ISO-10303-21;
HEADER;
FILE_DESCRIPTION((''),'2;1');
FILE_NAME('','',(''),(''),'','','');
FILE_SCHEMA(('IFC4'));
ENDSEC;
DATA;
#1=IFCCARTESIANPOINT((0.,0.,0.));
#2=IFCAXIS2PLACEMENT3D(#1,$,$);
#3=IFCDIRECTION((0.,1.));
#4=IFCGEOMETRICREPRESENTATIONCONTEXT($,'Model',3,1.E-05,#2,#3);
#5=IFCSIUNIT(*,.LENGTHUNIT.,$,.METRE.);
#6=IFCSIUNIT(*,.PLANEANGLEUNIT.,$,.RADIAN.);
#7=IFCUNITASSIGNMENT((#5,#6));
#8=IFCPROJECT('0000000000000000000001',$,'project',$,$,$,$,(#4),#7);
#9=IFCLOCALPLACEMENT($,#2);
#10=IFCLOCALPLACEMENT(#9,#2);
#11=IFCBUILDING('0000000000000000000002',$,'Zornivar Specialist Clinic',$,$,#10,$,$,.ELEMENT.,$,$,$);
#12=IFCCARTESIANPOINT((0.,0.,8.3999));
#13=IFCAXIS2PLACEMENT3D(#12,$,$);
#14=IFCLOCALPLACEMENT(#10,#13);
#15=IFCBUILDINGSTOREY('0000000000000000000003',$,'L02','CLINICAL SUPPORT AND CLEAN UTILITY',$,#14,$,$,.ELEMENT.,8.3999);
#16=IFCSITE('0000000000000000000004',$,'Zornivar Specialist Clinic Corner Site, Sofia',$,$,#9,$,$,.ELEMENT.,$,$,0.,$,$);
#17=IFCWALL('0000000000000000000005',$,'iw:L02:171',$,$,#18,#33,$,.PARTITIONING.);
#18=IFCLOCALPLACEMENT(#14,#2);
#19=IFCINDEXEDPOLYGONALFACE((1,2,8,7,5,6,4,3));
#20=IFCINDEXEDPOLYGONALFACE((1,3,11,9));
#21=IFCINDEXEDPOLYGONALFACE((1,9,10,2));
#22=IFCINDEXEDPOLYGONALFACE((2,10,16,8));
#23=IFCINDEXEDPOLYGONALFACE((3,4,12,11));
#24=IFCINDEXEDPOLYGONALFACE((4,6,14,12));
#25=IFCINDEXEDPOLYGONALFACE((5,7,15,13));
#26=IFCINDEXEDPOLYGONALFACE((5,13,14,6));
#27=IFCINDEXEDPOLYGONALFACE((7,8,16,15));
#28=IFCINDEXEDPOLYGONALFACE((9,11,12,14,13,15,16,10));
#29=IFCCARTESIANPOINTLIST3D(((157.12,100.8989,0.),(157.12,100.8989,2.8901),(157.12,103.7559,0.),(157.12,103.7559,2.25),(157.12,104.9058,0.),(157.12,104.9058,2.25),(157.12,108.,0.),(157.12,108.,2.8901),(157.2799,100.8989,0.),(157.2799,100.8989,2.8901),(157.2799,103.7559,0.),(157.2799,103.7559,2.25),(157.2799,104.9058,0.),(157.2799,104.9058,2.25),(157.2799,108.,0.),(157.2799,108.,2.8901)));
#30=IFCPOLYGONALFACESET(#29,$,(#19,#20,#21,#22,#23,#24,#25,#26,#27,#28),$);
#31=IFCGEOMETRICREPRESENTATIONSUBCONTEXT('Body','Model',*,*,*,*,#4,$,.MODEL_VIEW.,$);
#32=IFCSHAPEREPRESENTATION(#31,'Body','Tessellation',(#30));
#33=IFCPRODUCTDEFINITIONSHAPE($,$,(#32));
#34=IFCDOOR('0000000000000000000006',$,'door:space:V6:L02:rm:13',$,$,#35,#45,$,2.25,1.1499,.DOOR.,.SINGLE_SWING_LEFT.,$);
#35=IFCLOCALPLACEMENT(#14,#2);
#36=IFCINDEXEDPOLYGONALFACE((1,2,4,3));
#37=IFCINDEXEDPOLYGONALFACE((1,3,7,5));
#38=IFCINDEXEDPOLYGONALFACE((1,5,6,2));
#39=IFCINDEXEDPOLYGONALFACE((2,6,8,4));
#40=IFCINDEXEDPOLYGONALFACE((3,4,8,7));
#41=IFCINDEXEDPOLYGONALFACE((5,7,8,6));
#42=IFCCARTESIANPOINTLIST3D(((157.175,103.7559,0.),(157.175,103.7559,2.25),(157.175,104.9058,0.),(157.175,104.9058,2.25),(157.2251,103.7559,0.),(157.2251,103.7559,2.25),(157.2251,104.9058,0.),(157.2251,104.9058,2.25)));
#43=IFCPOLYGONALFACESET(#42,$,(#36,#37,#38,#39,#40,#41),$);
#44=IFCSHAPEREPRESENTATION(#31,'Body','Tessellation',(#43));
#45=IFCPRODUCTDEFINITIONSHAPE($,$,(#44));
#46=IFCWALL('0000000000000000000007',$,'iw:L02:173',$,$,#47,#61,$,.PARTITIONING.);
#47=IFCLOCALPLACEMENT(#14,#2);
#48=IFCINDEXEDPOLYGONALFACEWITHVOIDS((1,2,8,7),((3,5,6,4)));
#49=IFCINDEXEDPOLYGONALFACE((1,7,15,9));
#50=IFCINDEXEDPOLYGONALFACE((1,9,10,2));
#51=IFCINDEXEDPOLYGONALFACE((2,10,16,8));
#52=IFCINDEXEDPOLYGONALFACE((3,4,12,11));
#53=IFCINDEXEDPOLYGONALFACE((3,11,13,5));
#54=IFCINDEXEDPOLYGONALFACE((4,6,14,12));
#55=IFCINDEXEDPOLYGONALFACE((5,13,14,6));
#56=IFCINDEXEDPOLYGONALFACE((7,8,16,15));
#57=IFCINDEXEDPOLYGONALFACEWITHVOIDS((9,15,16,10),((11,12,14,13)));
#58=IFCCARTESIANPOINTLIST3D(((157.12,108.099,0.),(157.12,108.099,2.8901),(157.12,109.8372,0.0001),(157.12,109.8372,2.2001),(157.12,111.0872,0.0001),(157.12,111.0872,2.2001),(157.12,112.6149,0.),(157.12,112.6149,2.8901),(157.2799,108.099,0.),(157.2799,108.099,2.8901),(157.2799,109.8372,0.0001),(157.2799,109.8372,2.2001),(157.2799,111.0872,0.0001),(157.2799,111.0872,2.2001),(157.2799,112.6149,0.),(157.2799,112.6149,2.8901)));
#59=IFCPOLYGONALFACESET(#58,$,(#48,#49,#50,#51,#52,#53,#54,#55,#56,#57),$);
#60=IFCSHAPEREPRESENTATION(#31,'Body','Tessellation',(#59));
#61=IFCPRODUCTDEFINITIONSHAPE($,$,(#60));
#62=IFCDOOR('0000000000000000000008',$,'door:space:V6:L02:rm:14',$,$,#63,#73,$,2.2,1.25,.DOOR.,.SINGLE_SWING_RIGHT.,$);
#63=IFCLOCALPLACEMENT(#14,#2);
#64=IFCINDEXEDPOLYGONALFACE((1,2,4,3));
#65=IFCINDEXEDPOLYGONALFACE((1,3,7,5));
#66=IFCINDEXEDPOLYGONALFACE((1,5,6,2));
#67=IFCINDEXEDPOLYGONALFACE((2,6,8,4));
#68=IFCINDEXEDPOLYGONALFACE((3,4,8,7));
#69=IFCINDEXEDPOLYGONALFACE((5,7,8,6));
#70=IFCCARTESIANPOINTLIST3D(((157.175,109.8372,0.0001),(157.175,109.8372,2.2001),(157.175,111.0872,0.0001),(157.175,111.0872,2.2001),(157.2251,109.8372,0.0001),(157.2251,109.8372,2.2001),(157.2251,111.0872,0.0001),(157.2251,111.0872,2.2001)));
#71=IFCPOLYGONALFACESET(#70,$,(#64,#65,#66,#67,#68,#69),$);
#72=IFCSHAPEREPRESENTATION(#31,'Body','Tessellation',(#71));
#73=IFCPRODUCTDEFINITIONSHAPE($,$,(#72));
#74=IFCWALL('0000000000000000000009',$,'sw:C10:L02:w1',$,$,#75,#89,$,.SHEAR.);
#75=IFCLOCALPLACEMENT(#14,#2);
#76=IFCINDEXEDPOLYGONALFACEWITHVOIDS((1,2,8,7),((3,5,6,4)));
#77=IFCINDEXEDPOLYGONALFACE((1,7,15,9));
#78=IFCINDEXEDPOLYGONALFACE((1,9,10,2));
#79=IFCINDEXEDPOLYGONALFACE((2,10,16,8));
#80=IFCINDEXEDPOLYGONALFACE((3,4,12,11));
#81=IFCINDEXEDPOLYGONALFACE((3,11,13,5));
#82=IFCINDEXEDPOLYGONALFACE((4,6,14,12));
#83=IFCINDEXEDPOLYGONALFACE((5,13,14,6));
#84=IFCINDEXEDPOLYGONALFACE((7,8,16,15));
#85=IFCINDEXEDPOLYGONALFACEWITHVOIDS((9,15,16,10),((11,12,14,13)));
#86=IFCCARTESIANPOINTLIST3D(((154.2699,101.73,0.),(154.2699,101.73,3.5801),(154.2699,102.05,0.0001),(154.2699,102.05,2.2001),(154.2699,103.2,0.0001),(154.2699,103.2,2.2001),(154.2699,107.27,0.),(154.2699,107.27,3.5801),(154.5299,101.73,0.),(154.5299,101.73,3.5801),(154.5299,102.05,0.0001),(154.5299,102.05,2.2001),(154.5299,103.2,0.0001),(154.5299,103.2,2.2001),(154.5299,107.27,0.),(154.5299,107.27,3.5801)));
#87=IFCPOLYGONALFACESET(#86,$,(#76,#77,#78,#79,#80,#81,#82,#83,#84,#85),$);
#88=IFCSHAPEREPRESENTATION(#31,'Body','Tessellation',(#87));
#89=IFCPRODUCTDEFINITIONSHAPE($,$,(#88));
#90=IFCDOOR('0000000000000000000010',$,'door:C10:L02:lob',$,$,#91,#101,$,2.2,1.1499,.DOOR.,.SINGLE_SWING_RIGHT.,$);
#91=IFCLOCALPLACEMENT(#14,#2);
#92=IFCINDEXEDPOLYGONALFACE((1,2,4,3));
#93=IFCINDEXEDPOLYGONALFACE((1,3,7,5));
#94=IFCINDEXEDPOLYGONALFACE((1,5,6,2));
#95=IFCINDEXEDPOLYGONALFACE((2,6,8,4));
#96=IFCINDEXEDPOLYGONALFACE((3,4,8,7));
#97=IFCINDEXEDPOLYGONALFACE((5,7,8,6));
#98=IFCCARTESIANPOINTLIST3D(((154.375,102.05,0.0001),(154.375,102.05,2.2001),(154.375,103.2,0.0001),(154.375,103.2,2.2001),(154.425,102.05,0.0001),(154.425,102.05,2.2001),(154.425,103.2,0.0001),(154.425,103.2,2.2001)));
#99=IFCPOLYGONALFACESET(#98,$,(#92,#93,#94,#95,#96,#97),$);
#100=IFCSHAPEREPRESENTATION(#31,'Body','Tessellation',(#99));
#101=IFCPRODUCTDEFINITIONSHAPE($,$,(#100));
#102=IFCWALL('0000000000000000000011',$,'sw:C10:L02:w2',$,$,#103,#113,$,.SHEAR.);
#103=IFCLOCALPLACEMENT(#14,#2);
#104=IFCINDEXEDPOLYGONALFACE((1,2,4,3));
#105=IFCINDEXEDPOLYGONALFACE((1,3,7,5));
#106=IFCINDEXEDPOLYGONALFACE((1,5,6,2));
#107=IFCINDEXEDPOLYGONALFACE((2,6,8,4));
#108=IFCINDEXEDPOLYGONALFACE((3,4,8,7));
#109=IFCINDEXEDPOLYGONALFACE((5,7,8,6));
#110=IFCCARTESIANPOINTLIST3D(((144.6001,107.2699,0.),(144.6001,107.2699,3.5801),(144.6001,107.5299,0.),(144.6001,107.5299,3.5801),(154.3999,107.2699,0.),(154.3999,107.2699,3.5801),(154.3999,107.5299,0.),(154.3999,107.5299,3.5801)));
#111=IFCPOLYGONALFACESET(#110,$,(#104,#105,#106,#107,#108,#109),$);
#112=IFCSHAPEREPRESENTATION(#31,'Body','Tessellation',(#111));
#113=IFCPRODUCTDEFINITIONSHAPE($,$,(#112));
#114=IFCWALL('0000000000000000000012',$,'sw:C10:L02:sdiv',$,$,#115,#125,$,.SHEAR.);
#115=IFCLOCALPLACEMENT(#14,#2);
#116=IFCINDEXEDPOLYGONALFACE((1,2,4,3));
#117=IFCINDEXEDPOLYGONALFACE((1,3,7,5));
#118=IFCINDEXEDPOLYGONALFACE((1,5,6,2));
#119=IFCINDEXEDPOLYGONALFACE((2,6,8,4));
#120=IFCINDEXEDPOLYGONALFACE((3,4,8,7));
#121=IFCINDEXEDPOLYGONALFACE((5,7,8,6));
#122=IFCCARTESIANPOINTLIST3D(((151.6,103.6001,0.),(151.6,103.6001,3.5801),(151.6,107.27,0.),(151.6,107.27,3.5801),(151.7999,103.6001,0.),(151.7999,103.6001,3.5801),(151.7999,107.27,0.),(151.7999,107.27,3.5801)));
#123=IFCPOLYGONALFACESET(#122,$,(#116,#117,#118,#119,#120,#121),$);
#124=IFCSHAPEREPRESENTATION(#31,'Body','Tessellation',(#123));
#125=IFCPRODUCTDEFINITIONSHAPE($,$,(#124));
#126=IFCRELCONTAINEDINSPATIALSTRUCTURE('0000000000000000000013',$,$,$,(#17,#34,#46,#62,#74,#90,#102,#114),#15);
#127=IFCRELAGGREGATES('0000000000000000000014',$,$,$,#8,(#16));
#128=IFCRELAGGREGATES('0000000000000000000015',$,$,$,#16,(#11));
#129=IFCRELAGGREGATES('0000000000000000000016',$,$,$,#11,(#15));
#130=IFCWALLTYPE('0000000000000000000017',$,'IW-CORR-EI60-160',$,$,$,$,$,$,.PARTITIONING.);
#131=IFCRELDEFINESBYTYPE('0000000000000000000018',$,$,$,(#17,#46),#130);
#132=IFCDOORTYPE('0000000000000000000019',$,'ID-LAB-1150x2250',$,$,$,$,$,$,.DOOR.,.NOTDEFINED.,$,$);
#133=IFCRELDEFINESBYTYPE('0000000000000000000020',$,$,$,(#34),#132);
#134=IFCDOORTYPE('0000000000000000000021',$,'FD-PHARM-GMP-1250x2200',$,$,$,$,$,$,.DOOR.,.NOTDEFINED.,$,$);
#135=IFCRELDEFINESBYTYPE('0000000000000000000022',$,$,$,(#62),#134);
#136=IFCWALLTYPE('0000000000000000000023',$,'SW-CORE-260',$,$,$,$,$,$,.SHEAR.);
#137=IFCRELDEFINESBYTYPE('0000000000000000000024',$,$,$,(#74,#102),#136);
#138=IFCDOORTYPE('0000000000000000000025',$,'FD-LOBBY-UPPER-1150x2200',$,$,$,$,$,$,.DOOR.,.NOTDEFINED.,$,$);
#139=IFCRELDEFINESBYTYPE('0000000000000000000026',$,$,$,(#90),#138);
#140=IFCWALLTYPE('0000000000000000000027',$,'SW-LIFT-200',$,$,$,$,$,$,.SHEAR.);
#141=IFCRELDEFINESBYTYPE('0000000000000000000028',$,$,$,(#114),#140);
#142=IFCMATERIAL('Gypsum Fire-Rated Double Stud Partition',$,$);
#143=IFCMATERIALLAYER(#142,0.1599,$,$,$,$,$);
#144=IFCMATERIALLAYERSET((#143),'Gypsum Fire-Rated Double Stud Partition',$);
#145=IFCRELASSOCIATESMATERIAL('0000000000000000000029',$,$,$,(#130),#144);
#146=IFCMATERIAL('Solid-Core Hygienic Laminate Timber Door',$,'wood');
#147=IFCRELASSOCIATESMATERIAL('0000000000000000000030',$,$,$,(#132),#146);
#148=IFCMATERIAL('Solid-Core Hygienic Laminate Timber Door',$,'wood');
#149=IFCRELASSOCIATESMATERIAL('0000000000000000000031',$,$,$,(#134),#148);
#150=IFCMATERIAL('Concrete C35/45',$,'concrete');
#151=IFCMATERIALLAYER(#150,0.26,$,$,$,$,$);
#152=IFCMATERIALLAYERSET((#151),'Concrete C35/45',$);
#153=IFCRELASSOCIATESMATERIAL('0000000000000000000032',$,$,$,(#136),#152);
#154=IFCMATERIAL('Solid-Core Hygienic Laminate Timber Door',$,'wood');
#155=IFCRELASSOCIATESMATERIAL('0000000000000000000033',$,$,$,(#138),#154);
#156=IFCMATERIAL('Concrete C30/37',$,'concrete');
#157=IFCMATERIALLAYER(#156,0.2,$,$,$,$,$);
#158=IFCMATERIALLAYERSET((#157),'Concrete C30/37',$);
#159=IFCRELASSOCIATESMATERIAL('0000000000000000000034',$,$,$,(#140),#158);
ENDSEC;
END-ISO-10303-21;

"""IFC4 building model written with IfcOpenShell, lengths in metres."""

from ifc_helpers import new_model, si_unit, direction, frame, frame_2d, origin, place, context, subcontext, project, spatial, rectangle, extrude, material, layer, layer_set, type_object, element, fill, save


model = new_model("IFC4")

# Units and contexts
model_context = context("Model", 3, precision=1e-05, world=origin(), true_north=direction((0.0, 1.0)))
body_context = subcontext(model_context, "Body", "Model", "MODEL_VIEW")
ifc_project = project(units=[si_unit("LENGTHUNIT", "METRE"), si_unit("PLANEANGLEUNIT", "RADIAN")], contexts=[model_context])

# Site, building, storey
site_placement = place(None, origin())
site = spatial("IfcSite", under=ifc_project, at=site_placement, Name="Zornivar Specialist Clinic Corner Site, Sofia", CompositionType="ELEMENT", RefElevation=0.0)
building_placement = place(site_placement, origin())
building = spatial("IfcBuilding", under=site, at=building_placement, Name="Zornivar Specialist Clinic", CompositionType="ELEMENT")
storey_placement = place(building_placement, frame((0.0, 0.0, 8.3999)))
storey = spatial("IfcBuildingStorey", under=building, at=storey_placement, Name="L02", Description="CLINICAL SUPPORT AND CLEAN UTILITY", CompositionType="ELEMENT", Elevation=8.3999)

# Walls, openings, doors
ifc_material_1 = material(Name="Gypsum Fire-Rated Double Stud Partition")
ifc_layer_1 = layer(ifc_material_1, 0.1599)
ifc_layer_set_1 = layer_set([ifc_layer_1], Name="Gypsum Fire-Rated Double Stud Partition")
wall_type_1 = type_object("IfcWallType", Name="IW-CORR-EI60-160", PredefinedType="PARTITIONING", material=ifc_layer_set_1)
ifc_material_2 = material(Name="Solid-Core Hygienic Laminate Timber Door", Category="wood")
door_type_1 = type_object("IfcDoorType", Name="ID-LAB-1150x2250", OperationType="NOTDEFINED", PredefinedType="DOOR", material=ifc_material_2)
wall_1_placement = place(storey_placement, frame((157.2, 100.8989, 0.0), z_axis=(0.0, 0.0, 1.0), x_axis=(0.0, 1.0, 0.0)))
wall_1 = element("IfcWall", 1, at=wall_1_placement, inside=storey, type_object=wall_type_1, Name="iw:L02:171", PredefinedType="PARTITIONING", context=body_context, shape_type="SweptSolid", body=[
    extrude(rectangle(XDim=7.1011, YDim=0.1599, at=frame_2d((3.5505, 0.0))), origin(), (0.0, 0.0, 1.0), 2.8901),
])
opening_1_placement = place(wall_1_placement, frame((2.8569, 0.0, 0.0)))
opening_1 = element("IfcOpeningElement", 2, at=opening_1_placement, cuts=wall_1, PredefinedType="OPENING", context=body_context, shape_type="SweptSolid", body=[
    extrude(rectangle(XDim=1.1499, YDim=2.25, at=frame_2d((0.575, 1.125))), frame((0.0, 0.0898, 0.0), z_axis=(0.0, -1.0, 0.0), x_axis=(1.0, 0.0, 0.0)), (0.0, 0.0, 1.0), 0.1799),
])
door_1_placement = place(opening_1_placement, origin())
door_1 = element("IfcDoor", 3, at=door_1_placement, inside=storey, type_object=door_type_1, Name="door:space:V6:L02:rm:13", OperationType="SINGLE_SWING_LEFT", OverallHeight=2.25, OverallWidth=1.1499, PredefinedType="DOOR", context=body_context, shape_type="SweptSolid", body=[
    extrude(rectangle(XDim=1.1499, YDim=2.25, at=frame_2d((0.575, 1.125))), frame((0.0, 0.0249, 0.0), z_axis=(0.0, -1.0, 0.0), x_axis=(1.0, 0.0, 0.0)), (0.0, 0.0, 1.0), 0.05),
])
fill(opening_1, door_1)
wall_2_placement = place(storey_placement, frame((157.2, 108.0991, 0.0), z_axis=(0.0, 0.0, 1.0), x_axis=(0.0, 1.0, 0.0)))
wall_2 = element("IfcWall", 4, at=wall_2_placement, inside=storey, type_object=wall_type_1, Name="iw:L02:173", PredefinedType="PARTITIONING", context=body_context, shape_type="SweptSolid", body=[
    extrude(rectangle(XDim=4.5159, YDim=0.1599, at=frame_2d((2.2578, 0.0))), origin(), (0.0, 0.0, 1.0), 2.8901),
])
opening_2_placement = place(wall_2_placement, frame((1.738, 0.0, 0.0)))
opening_2 = element("IfcOpeningElement", 5, at=opening_2_placement, cuts=wall_2, PredefinedType="OPENING", context=body_context, shape_type="SweptSolid", body=[
    extrude(rectangle(XDim=1.25, YDim=2.2, at=frame_2d((0.625, 1.1001))), frame((0.0, 0.0898, 0.0), z_axis=(0.0, -1.0, 0.0), x_axis=(1.0, 0.0, 0.0)), (0.0, 0.0, 1.0), 0.1799),
])
ifc_material_3 = material(Name="Solid-Core Hygienic Laminate Timber Door", Category="wood")
door_type_2 = type_object("IfcDoorType", Name="FD-PHARM-GMP-1250x2200", OperationType="NOTDEFINED", PredefinedType="DOOR", material=ifc_material_3)
door_2_placement = place(opening_2_placement, origin())
door_2 = element("IfcDoor", 6, at=door_2_placement, inside=storey, type_object=door_type_2, Name="door:space:V6:L02:rm:14", OperationType="SINGLE_SWING_RIGHT", OverallHeight=2.2, OverallWidth=1.25, PredefinedType="DOOR", context=body_context, shape_type="SweptSolid", body=[
    extrude(rectangle(XDim=1.25, YDim=2.2, at=frame_2d((0.625, 1.1001))), frame((0.0, 0.0249, 0.0), z_axis=(0.0, -1.0, 0.0), x_axis=(1.0, 0.0, 0.0)), (0.0, 0.0, 1.0), 0.05),
])
fill(opening_2, door_2)
ifc_material_4 = material(Name="Concrete C35/45", Category="concrete")
ifc_layer_2 = layer(ifc_material_4, 0.26)
ifc_layer_set_2 = layer_set([ifc_layer_2], Name="Concrete C35/45")
wall_type_2 = type_object("IfcWallType", Name="SW-CORE-260", PredefinedType="SHEAR", material=ifc_layer_set_2)
wall_3_placement = place(storey_placement, frame((154.3999, 101.73, 0.0), z_axis=(0.0, 0.0, 1.0), x_axis=(0.0, 1.0, 0.0)))
wall_3 = element("IfcWall", 7, at=wall_3_placement, inside=storey, type_object=wall_type_2, Name="sw:C10:L02:w1", PredefinedType="SHEAR", context=body_context, shape_type="SweptSolid", body=[
    extrude(rectangle(XDim=5.54, YDim=0.26, at=frame_2d((2.77, 0.0))), origin(), (0.0, 0.0, 1.0), 3.5801),
])
opening_3_placement = place(wall_3_placement, frame((0.3201, 0.0, 0.0)))
opening_3 = element("IfcOpeningElement", 8, at=opening_3_placement, cuts=wall_3, PredefinedType="OPENING", context=body_context, shape_type="SweptSolid", body=[
    extrude(rectangle(XDim=1.1499, YDim=2.2, at=frame_2d((0.575, 1.1001))), frame((0.0, 0.1399, 0.0), z_axis=(0.0, -1.0, 0.0), x_axis=(1.0, 0.0, 0.0)), (0.0, 0.0, 1.0), 0.28),
])
ifc_material_5 = material(Name="Solid-Core Hygienic Laminate Timber Door", Category="wood")
door_type_3 = type_object("IfcDoorType", Name="FD-LOBBY-UPPER-1150x2200", OperationType="NOTDEFINED", PredefinedType="DOOR", material=ifc_material_5)
door_3_placement = place(opening_3_placement, origin())
door_3 = element("IfcDoor", 9, at=door_3_placement, inside=storey, type_object=door_type_3, Name="door:C10:L02:lob", OperationType="SINGLE_SWING_RIGHT", OverallHeight=2.2, OverallWidth=1.1499, PredefinedType="DOOR", context=body_context, shape_type="SweptSolid", body=[
    extrude(rectangle(XDim=1.1499, YDim=2.2, at=frame_2d((0.575, 1.1001))), frame((0.0, 0.0249, 0.0), z_axis=(0.0, -1.0, 0.0), x_axis=(1.0, 0.0, 0.0)), (0.0, 0.0, 1.0), 0.05),
])
fill(opening_3, door_3)

# Walls
wall_4_placement = place(storey_placement, frame((154.3999, 107.3999, 0.0), z_axis=(0.0, 0.0, 1.0), x_axis=(-1.0, 0.0, 0.0)))
element("IfcWall", 10, at=wall_4_placement, inside=storey, type_object=wall_type_2, Name="sw:C10:L02:w2", PredefinedType="SHEAR", context=body_context, shape_type="SweptSolid", body=[
    extrude(rectangle(XDim=9.7998, YDim=0.26, at=frame_2d((4.8999, 0.0))), origin(), (0.0, 0.0, 1.0), 3.5801),
])
ifc_material_6 = material(Name="Concrete C30/37", Category="concrete")
ifc_layer_3 = layer(ifc_material_6, 0.2)
ifc_layer_set_3 = layer_set([ifc_layer_3], Name="Concrete C30/37")
wall_type_3 = type_object("IfcWallType", Name="SW-LIFT-200", PredefinedType="SHEAR", material=ifc_layer_set_3)
wall_5_placement = place(storey_placement, frame((151.7, 103.6001, 0.0), z_axis=(0.0, 0.0, 1.0), x_axis=(0.0, 1.0, 0.0)))
element("IfcWall", 11, at=wall_5_placement, inside=storey, type_object=wall_type_3, Name="sw:C10:L02:sdiv", PredefinedType="SHEAR", context=body_context, shape_type="SweptSolid", body=[
    extrude(rectangle(XDim=3.6699, YDim=0.2, at=frame_2d((1.835, 0.0))), origin(), (0.0, 0.0, 1.0), 3.5801),
])

save(model, "model.ifc")
